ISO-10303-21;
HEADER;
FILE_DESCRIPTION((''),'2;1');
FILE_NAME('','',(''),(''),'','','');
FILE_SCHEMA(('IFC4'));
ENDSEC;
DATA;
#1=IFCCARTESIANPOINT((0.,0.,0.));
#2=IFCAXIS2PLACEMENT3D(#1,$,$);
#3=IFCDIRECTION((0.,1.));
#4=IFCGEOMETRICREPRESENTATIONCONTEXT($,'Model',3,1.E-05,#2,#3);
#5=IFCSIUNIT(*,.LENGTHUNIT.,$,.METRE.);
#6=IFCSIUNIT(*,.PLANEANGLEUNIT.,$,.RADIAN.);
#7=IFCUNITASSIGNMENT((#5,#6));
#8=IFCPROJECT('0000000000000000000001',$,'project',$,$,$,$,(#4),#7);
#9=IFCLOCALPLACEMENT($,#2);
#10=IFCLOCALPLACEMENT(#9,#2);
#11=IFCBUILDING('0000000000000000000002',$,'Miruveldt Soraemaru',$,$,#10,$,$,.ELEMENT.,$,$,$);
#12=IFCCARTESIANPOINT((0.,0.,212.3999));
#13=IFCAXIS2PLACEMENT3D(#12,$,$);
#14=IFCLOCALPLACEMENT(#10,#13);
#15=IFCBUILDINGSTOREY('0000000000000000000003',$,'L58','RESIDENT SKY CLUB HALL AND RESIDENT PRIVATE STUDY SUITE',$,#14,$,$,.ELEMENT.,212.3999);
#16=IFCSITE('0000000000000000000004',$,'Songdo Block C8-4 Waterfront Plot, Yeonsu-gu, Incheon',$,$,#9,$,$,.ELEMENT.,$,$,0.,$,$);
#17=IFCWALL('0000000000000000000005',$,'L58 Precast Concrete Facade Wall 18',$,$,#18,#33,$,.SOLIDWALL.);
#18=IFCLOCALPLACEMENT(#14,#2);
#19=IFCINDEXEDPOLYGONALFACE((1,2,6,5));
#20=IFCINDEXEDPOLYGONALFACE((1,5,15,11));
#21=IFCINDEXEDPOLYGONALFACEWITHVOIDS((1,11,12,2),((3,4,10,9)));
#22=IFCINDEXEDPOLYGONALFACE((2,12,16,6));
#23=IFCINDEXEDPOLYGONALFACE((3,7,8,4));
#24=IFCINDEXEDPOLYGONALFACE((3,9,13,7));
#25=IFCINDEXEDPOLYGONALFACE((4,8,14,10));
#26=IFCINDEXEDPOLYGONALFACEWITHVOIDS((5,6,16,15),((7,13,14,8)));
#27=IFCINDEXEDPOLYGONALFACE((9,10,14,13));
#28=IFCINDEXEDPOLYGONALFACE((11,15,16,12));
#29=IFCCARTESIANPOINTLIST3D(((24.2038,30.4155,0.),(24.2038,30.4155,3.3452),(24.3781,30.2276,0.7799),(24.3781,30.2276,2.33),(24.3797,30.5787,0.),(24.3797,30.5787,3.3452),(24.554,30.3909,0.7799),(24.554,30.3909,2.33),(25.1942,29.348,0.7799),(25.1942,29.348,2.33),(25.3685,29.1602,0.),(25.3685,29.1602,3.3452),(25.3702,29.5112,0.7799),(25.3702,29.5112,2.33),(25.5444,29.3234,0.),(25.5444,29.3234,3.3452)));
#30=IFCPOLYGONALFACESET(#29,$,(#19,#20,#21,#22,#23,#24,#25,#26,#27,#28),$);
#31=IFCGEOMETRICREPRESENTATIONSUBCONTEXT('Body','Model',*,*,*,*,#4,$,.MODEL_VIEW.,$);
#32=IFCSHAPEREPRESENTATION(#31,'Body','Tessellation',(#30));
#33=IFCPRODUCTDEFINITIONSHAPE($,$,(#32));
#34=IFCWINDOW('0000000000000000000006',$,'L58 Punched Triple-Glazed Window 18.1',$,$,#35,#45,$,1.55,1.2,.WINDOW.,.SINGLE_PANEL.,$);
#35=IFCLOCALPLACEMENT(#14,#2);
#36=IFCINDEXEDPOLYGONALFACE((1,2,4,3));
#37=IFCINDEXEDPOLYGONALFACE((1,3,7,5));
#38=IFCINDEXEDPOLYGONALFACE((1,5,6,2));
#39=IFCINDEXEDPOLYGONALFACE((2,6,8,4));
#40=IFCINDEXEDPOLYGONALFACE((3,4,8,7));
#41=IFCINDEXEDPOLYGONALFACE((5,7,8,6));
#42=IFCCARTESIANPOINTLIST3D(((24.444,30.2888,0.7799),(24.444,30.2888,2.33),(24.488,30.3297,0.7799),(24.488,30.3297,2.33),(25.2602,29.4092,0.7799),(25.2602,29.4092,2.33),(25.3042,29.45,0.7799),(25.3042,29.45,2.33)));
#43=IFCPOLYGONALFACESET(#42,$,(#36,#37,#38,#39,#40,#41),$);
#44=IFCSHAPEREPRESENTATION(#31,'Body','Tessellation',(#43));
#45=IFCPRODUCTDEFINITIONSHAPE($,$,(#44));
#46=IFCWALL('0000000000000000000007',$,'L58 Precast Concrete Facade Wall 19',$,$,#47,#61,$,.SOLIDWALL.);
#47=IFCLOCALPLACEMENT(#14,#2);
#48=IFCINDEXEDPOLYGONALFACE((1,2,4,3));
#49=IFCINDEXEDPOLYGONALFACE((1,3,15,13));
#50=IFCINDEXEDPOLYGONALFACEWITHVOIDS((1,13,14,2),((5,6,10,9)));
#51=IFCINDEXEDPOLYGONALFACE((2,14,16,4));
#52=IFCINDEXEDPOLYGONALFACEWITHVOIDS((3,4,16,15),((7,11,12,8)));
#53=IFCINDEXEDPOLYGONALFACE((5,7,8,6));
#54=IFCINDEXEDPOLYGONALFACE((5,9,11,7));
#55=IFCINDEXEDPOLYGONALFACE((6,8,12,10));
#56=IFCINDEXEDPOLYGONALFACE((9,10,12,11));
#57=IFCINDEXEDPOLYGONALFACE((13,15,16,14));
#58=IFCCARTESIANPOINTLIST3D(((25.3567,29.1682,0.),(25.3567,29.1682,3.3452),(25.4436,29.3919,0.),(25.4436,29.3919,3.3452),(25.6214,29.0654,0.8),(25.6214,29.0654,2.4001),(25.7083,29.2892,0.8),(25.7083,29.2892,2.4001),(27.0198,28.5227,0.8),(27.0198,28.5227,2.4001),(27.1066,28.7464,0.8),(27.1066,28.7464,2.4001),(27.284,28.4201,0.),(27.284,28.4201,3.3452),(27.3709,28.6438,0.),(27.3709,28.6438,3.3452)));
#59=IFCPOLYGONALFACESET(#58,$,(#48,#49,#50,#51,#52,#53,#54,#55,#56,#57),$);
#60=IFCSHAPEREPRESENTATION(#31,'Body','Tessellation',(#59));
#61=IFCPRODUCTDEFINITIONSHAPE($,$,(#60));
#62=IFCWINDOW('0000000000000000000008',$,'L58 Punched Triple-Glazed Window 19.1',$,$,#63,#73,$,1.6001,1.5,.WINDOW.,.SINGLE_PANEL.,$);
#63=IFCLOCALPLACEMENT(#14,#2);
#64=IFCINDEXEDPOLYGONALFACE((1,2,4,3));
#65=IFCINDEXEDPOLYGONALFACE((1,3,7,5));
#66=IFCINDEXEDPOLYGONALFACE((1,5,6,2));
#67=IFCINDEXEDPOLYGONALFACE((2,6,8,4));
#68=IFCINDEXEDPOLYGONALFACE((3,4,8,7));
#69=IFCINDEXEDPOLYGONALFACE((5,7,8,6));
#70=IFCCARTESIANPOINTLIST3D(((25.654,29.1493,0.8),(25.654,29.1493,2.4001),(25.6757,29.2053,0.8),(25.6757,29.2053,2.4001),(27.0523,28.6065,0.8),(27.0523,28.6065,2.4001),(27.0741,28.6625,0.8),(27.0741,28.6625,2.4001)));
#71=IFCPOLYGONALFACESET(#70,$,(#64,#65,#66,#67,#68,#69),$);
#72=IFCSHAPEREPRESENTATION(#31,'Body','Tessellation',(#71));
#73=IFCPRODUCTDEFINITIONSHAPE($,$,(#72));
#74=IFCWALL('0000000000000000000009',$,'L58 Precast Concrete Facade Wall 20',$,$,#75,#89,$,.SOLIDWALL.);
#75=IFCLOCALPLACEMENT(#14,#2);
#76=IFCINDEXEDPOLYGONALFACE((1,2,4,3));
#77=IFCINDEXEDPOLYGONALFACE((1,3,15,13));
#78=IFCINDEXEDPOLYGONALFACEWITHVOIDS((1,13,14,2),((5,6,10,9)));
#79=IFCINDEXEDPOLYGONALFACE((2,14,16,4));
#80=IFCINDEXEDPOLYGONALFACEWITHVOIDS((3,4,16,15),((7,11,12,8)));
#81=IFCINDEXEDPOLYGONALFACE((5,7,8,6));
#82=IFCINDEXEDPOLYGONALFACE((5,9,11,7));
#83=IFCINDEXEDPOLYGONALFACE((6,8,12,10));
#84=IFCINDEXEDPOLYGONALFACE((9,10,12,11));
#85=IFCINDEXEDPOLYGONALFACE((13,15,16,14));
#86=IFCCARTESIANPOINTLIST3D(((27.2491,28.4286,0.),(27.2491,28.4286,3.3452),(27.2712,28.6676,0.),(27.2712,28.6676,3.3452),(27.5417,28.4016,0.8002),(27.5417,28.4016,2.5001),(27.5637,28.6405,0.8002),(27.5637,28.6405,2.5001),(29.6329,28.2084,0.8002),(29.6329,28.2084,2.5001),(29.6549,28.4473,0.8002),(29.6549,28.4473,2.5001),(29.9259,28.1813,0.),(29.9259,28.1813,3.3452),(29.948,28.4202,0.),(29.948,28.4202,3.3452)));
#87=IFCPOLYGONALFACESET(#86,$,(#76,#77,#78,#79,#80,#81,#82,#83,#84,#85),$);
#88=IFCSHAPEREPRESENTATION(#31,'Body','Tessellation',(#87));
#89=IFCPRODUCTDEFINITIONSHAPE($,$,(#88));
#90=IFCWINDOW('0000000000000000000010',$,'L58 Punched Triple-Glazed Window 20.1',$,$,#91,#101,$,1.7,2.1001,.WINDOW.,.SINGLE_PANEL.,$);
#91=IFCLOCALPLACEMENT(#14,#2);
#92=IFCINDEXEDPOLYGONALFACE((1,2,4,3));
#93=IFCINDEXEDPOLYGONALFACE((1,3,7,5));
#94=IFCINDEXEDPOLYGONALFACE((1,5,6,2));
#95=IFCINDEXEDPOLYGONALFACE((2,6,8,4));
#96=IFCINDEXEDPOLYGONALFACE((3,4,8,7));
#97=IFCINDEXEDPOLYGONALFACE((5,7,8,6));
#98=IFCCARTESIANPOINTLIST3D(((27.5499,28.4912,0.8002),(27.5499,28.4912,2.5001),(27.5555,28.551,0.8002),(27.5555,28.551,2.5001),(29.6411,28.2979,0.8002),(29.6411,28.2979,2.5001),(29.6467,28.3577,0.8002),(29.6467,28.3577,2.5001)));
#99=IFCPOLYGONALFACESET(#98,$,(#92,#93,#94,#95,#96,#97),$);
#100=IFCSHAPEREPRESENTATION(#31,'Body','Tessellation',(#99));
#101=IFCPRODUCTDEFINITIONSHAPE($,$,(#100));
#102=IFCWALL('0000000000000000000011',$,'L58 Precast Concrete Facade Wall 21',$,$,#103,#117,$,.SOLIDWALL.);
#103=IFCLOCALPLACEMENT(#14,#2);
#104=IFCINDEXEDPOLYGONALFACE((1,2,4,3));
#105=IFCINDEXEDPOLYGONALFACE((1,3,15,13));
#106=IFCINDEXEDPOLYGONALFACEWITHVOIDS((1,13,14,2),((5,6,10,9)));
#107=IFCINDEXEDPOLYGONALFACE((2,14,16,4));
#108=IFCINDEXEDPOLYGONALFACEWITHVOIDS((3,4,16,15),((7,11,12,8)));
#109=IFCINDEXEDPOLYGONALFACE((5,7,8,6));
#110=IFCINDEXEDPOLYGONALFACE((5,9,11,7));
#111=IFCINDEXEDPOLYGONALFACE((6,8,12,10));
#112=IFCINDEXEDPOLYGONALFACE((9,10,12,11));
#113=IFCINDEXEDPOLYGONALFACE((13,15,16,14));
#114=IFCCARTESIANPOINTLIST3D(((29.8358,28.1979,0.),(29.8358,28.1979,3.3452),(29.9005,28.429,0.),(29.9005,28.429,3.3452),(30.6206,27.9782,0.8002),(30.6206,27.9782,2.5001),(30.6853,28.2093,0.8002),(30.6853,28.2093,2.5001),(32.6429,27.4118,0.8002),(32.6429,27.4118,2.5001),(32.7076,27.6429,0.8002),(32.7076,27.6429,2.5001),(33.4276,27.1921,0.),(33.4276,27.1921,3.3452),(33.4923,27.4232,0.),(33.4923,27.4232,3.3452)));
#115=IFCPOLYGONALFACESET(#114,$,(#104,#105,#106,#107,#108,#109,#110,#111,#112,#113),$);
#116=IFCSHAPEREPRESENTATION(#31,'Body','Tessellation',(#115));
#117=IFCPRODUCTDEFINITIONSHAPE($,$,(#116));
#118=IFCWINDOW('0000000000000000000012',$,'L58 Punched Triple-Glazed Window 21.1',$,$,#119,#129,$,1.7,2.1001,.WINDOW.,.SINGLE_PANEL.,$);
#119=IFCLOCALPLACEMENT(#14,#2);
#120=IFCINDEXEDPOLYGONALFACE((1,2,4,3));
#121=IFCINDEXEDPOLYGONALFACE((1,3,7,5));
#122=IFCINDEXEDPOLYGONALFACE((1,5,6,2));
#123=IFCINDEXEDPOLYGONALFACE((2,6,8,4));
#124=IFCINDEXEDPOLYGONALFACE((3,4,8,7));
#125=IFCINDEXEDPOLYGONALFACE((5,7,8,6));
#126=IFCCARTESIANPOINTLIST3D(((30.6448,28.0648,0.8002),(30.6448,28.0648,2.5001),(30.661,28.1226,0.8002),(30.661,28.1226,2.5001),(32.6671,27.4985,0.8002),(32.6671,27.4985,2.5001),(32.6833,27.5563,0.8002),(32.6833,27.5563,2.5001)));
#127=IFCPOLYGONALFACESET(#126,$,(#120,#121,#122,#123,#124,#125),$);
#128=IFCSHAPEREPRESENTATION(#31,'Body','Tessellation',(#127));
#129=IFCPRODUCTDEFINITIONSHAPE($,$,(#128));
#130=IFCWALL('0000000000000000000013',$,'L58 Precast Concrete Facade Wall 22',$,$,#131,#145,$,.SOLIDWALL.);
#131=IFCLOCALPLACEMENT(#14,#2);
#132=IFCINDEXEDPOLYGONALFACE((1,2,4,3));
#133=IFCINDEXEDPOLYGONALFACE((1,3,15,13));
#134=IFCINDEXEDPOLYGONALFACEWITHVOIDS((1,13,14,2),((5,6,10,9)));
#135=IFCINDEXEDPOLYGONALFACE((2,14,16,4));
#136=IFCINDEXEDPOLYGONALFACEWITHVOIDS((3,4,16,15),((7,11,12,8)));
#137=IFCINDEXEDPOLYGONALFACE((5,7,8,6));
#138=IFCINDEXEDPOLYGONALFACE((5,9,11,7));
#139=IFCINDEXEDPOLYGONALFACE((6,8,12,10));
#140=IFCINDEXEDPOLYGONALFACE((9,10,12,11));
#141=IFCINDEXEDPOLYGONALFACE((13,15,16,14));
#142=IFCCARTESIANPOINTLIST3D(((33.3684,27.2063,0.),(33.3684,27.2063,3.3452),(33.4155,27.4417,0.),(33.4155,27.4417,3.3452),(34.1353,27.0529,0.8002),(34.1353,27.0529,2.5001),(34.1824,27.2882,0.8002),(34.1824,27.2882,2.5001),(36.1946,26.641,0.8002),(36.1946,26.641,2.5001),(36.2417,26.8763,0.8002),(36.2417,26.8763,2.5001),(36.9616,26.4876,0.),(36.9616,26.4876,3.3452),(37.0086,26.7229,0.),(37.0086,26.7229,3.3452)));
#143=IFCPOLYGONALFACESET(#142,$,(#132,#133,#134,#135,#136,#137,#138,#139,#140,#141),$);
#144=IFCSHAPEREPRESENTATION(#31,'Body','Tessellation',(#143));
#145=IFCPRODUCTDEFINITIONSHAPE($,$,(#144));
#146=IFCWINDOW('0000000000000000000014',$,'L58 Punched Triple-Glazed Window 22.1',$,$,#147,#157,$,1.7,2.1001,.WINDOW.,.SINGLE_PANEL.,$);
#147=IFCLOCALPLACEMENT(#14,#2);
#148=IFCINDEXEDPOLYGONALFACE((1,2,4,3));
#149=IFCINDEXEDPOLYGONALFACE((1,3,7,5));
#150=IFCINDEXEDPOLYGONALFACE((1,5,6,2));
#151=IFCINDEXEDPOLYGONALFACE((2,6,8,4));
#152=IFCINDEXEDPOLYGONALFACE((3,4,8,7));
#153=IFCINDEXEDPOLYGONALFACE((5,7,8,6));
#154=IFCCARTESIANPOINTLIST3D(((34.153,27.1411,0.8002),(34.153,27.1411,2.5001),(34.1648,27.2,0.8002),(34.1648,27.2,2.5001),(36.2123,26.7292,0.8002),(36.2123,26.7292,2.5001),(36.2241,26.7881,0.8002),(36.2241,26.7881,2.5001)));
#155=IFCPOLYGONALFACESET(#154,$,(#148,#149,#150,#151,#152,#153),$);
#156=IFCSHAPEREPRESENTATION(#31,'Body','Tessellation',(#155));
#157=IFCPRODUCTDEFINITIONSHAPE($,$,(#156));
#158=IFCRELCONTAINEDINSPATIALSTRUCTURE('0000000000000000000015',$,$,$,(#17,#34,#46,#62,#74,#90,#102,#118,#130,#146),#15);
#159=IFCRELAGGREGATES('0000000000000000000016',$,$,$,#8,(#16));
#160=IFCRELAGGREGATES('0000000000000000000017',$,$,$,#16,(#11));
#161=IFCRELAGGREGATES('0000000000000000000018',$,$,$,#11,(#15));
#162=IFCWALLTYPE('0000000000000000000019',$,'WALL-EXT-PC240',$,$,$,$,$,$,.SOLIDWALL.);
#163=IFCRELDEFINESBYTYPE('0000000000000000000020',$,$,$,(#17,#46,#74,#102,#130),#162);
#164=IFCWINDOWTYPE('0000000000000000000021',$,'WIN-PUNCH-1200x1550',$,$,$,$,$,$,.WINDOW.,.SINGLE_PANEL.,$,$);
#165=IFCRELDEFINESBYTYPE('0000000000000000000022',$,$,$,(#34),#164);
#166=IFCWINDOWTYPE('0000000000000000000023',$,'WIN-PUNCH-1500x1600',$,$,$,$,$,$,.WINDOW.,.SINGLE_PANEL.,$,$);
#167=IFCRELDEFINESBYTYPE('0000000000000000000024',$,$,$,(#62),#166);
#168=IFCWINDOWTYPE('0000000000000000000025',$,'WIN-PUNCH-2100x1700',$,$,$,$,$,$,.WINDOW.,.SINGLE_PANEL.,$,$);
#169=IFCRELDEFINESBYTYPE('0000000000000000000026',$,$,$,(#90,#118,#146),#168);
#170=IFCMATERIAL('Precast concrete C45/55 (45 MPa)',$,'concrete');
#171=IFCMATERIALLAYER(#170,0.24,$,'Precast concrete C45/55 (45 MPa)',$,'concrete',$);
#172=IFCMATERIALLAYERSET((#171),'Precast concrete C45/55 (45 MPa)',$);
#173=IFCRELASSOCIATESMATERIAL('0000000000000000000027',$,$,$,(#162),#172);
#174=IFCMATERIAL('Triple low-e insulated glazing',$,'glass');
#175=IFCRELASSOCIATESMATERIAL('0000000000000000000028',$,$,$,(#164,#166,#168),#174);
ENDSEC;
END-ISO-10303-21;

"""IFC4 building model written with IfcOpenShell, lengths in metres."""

from ifc_helpers import new_model, si_unit, direction, frame, frame_2d, origin, place, context, subcontext, project, spatial, rectangle, extrude, material, layer, layer_set, type_object, element, fill, save


model = new_model("IFC4")

# Units and contexts
model_context = context("Model", 3, precision=1e-05, world=origin(), true_north=direction((0.0, 1.0)))
body_context = subcontext(model_context, "Body", "Model", "MODEL_VIEW")
ifc_project = project(units=[si_unit("LENGTHUNIT", "METRE"), si_unit("PLANEANGLEUNIT", "RADIAN")], contexts=[model_context])

# Site, building, storey
site_placement = place(None, origin())
site = spatial("IfcSite", under=ifc_project, at=site_placement, Name="Songdo Block C8-4 Waterfront Plot, Yeonsu-gu, Incheon", CompositionType="ELEMENT", RefElevation=0.0)
building_placement = place(site_placement, origin())
building = spatial("IfcBuilding", under=site, at=building_placement, Name="Miruveldt Soraemaru", CompositionType="ELEMENT")
storey_placement = place(building_placement, frame((0.0, 0.0, 212.3999)))
storey = spatial("IfcBuildingStorey", under=building, at=storey_placement, Name="L58", Description="RESIDENT SKY CLUB HALL AND RESIDENT PRIVATE STUDY SUITE", CompositionType="ELEMENT", Elevation=212.3999)

# Walls, openings, windows
ifc_material_1 = material(Name="Precast concrete C45/55 (45 MPa)", Category="concrete")
ifc_layer_1 = layer(ifc_material_1, 0.24, Name="Precast concrete C45/55 (45 MPa)", Category="concrete")
ifc_layer_set_1 = layer_set([ifc_layer_1], Name="Precast concrete C45/55 (45 MPa)")
wall_type = type_object("IfcWallType", Name="WALL-EXT-PC240", PredefinedType="SOLIDWALL", material=ifc_layer_set_1)
wall_1_placement = place(storey_placement, frame((24.2917, 30.4971, 0.0), z_axis=(0.0, 0.0, 1.0), x_axis=(0.680167, -0.733057, 0.0)))
wall_1 = element("IfcWall", 1, at=wall_1_placement, inside=storey, type_object=wall_type, Name="L58 Precast Concrete Facade Wall 18", PredefinedType="SOLIDWALL", context=body_context, shape_type="SweptSolid", body=[
    extrude(rectangle(XDim=1.7124, YDim=0.24, at=frame_2d((0.8562, 0.0))), origin(), (0.0, 0.0, 1.0), 3.3452),
])
opening_1_placement = place(wall_1_placement, frame((0.2561, 0.0, 0.78)))
opening_1 = element("IfcOpeningElement", 2, at=opening_1_placement, cuts=wall_1, PredefinedType="OPENING", context=body_context, shape_type="SweptSolid", body=[
    extrude(rectangle(XDim=1.2, YDim=1.55, at=frame_2d((0.6001, 0.7749))), frame((0.0, 0.1299, 0.0), z_axis=(0.0, -1.0, 0.0), x_axis=(1.0, 0.0, 0.0)), (0.0, 0.0, 1.0), 0.26),
])
ifc_material_2 = material(Name="Triple low-e insulated glazing", Category="glass")
window_type_1 = type_object("IfcWindowType", Name="WIN-PUNCH-1200x1550", PartitioningType="SINGLE_PANEL", PredefinedType="WINDOW", material=ifc_material_2)
window_1_placement = place(opening_1_placement, origin())
window_1 = element("IfcWindow", 3, at=window_1_placement, inside=storey, type_object=window_type_1, Name="L58 Punched Triple-Glazed Window 18.1", OverallHeight=1.55, OverallWidth=1.2, PartitioningType="SINGLE_PANEL", PredefinedType="WINDOW", context=body_context, shape_type="SweptSolid", body=[
    extrude(rectangle(XDim=1.2, YDim=1.55, at=frame_2d((0.6001, 0.7749))), frame((0.0, 0.03, 0.0), z_axis=(0.0, -1.0, 0.0), x_axis=(1.0, 0.0, 0.0)), (0.0, 0.0, 1.0), 0.0601),
])
fill(opening_1, window_1)
wall_2_placement = place(storey_placement, frame((25.4001, 29.28, 0.0), z_axis=(0.0, 0.0, 1.0), x_axis=(0.932239, -0.361842, 0.0)))
wall_2 = element("IfcWall", 4, at=wall_2_placement, inside=storey, type_object=wall_type, Name="L58 Precast Concrete Facade Wall 19", PredefinedType="SOLIDWALL", context=body_context, shape_type="SweptSolid", body=[
    extrude(rectangle(XDim=2.0674, YDim=0.24, at=frame_2d((1.0337, 0.0))), origin(), (0.0, 0.0, 1.0), 3.3452),
])
opening_2_placement = place(wall_2_placement, frame((0.2839, 0.0, 0.8)))
opening_2 = element("IfcOpeningElement", 5, at=opening_2_placement, cuts=wall_2, PredefinedType="OPENING", context=body_context, shape_type="SweptSolid", body=[
    extrude(rectangle(XDim=1.5, YDim=1.6001, at=frame_2d((0.75, 0.8))), frame((0.0, 0.1299, 0.0), z_axis=(0.0, -1.0, 0.0), x_axis=(1.0, 0.0, 0.0)), (0.0, 0.0, 1.0), 0.26),
])
window_type_2 = type_object("IfcWindowType", Name="WIN-PUNCH-1500x1600", PartitioningType="SINGLE_PANEL", PredefinedType="WINDOW", material=ifc_material_2)
window_2_placement = place(opening_2_placement, origin())
window_2 = element("IfcWindow", 6, at=window_2_placement, inside=storey, type_object=window_type_2, Name="L58 Punched Triple-Glazed Window 19.1", OverallHeight=1.6001, OverallWidth=1.5, PartitioningType="SINGLE_PANEL", PredefinedType="WINDOW", context=body_context, shape_type="SweptSolid", body=[
    extrude(rectangle(XDim=1.5, YDim=1.6001, at=frame_2d((0.75, 0.8))), frame((0.0, 0.03, 0.0), z_axis=(0.0, -1.0, 0.0), x_axis=(1.0, 0.0, 0.0)), (0.0, 0.0, 1.0), 0.0601),
])
fill(opening_2, window_2)
wall_3_placement = place(storey_placement, frame((27.26, 28.5481, 0.0), z_axis=(0.0, 0.0, 1.0), x_axis=(0.995759, -0.092001, 0.0)))
wall_3 = element("IfcWall", 7, at=wall_3_placement, inside=storey, type_object=wall_type, Name="L58 Precast Concrete Facade Wall 20", PredefinedType="SOLIDWALL", context=body_context, shape_type="SweptSolid", body=[
    extrude(rectangle(XDim=2.6882, YDim=0.24, at=frame_2d((1.3442, 0.0))), origin(), (0.0, 0.0, 1.0), 3.3452),
])
opening_3_placement = place(wall_3_placement, frame((0.2939, 0.0, 0.8)))
opening_3 = element("IfcOpeningElement", 8, at=opening_3_placement, cuts=wall_3, PredefinedType="OPENING", context=body_context, shape_type="SweptSolid", body=[
    extrude(rectangle(XDim=2.1001, YDim=1.7, at=frame_2d((1.05, 0.8501))), frame((0.0, 0.1299, 0.0), z_axis=(0.0, -1.0, 0.0), x_axis=(1.0, 0.0, 0.0)), (0.0, 0.0, 1.0), 0.26),
])
window_type_3 = type_object("IfcWindowType", Name="WIN-PUNCH-2100x1700", PartitioningType="SINGLE_PANEL", PredefinedType="WINDOW", material=ifc_material_2)
window_3_placement = place(opening_3_placement, origin())
window_3 = element("IfcWindow", 9, at=window_3_placement, inside=storey, type_object=window_type_3, Name="L58 Punched Triple-Glazed Window 20.1", OverallHeight=1.7, OverallWidth=2.1001, PartitioningType="SINGLE_PANEL", PredefinedType="WINDOW", context=body_context, shape_type="SweptSolid", body=[
    extrude(rectangle(XDim=2.1001, YDim=1.7, at=frame_2d((1.05, 0.8501))), frame((0.0, 0.03, 0.0), z_axis=(0.0, -1.0, 0.0), x_axis=(1.0, 0.0, 0.0)), (0.0, 0.0, 1.0), 0.0601),
])
fill(opening_3, window_3)
wall_4_placement = place(storey_placement, frame((29.8682, 28.3135, 0.0), z_axis=(0.0, 0.0, 1.0), x_axis=(0.962953, -0.269669, 0.0)))
wall_4 = element("IfcWall", 10, at=wall_4_placement, inside=storey, type_object=wall_type, Name="L58 Precast Concrete Facade Wall 21", PredefinedType="SOLIDWALL", context=body_context, shape_type="SweptSolid", body=[
    extrude(rectangle(XDim=3.73, YDim=0.24, at=frame_2d((1.865, 0.0))), origin(), (0.0, 0.0, 1.0), 3.3452),
])
opening_4_placement = place(wall_4_placement, frame((0.8149, 0.0, 0.8)))
opening_4 = element("IfcOpeningElement", 11, at=opening_4_placement, cuts=wall_4, PredefinedType="OPENING", context=body_context, shape_type="SweptSolid", body=[
    extrude(rectangle(XDim=2.1001, YDim=1.7, at=frame_2d((1.05, 0.8501))), frame((0.0, 0.1299, 0.0), z_axis=(0.0, -1.0, 0.0), x_axis=(1.0, 0.0, 0.0)), (0.0, 0.0, 1.0), 0.26),
])
window_4_placement = place(opening_4_placement, origin())
window_4 = element("IfcWindow", 12, at=window_4_placement, inside=storey, type_object=window_type_3, Name="L58 Punched Triple-Glazed Window 21.1", OverallHeight=1.7, OverallWidth=2.1001, PartitioningType="SINGLE_PANEL", PredefinedType="WINDOW", context=body_context, shape_type="SweptSolid", body=[
    extrude(rectangle(XDim=2.1001, YDim=1.7, at=frame_2d((1.05, 0.8501))), frame((0.0, 0.03, 0.0), z_axis=(0.0, -1.0, 0.0), x_axis=(1.0, 0.0, 0.0)), (0.0, 0.0, 1.0), 0.0601),
])
fill(opening_4, window_4)
wall_5_placement = place(storey_placement, frame((33.3921, 27.324, 0.0), z_axis=(0.0, 0.0, 1.0), x_axis=(0.980573, -0.196155, 0.0)))
wall_5 = element("IfcWall", 13, at=wall_5_placement, inside=storey, type_object=wall_type, Name="L58 Precast Concrete Facade Wall 22", PredefinedType="SOLIDWALL", context=body_context, shape_type="SweptSolid", body=[
    extrude(rectangle(XDim=3.6643, YDim=0.24, at=frame_2d((1.832, 0.0))), origin(), (0.0, 0.0, 1.0), 3.3452),
])
opening_5_placement = place(wall_5_placement, frame((0.782, 0.0, 0.8)))
opening_5 = element("IfcOpeningElement", 14, at=opening_5_placement, cuts=wall_5, PredefinedType="OPENING", context=body_context, shape_type="SweptSolid", body=[
    extrude(rectangle(XDim=2.1001, YDim=1.7, at=frame_2d((1.05, 0.8501))), frame((0.0, 0.1299, 0.0), z_axis=(0.0, -1.0, 0.0), x_axis=(1.0, 0.0, 0.0)), (0.0, 0.0, 1.0), 0.26),
])
window_5_placement = place(opening_5_placement, origin())
window_5 = element("IfcWindow", 15, at=window_5_placement, inside=storey, type_object=window_type_3, Name="L58 Punched Triple-Glazed Window 22.1", OverallHeight=1.7, OverallWidth=2.1001, PartitioningType="SINGLE_PANEL", PredefinedType="WINDOW", context=body_context, shape_type="SweptSolid", body=[
    extrude(rectangle(XDim=2.1001, YDim=1.7, at=frame_2d((1.05, 0.8501))), frame((0.0, 0.03, 0.0), z_axis=(0.0, -1.0, 0.0), x_axis=(1.0, 0.0, 0.0)), (0.0, 0.0, 1.0), 0.0601),
])
fill(opening_5, window_5)

save(model, "model.ifc")
